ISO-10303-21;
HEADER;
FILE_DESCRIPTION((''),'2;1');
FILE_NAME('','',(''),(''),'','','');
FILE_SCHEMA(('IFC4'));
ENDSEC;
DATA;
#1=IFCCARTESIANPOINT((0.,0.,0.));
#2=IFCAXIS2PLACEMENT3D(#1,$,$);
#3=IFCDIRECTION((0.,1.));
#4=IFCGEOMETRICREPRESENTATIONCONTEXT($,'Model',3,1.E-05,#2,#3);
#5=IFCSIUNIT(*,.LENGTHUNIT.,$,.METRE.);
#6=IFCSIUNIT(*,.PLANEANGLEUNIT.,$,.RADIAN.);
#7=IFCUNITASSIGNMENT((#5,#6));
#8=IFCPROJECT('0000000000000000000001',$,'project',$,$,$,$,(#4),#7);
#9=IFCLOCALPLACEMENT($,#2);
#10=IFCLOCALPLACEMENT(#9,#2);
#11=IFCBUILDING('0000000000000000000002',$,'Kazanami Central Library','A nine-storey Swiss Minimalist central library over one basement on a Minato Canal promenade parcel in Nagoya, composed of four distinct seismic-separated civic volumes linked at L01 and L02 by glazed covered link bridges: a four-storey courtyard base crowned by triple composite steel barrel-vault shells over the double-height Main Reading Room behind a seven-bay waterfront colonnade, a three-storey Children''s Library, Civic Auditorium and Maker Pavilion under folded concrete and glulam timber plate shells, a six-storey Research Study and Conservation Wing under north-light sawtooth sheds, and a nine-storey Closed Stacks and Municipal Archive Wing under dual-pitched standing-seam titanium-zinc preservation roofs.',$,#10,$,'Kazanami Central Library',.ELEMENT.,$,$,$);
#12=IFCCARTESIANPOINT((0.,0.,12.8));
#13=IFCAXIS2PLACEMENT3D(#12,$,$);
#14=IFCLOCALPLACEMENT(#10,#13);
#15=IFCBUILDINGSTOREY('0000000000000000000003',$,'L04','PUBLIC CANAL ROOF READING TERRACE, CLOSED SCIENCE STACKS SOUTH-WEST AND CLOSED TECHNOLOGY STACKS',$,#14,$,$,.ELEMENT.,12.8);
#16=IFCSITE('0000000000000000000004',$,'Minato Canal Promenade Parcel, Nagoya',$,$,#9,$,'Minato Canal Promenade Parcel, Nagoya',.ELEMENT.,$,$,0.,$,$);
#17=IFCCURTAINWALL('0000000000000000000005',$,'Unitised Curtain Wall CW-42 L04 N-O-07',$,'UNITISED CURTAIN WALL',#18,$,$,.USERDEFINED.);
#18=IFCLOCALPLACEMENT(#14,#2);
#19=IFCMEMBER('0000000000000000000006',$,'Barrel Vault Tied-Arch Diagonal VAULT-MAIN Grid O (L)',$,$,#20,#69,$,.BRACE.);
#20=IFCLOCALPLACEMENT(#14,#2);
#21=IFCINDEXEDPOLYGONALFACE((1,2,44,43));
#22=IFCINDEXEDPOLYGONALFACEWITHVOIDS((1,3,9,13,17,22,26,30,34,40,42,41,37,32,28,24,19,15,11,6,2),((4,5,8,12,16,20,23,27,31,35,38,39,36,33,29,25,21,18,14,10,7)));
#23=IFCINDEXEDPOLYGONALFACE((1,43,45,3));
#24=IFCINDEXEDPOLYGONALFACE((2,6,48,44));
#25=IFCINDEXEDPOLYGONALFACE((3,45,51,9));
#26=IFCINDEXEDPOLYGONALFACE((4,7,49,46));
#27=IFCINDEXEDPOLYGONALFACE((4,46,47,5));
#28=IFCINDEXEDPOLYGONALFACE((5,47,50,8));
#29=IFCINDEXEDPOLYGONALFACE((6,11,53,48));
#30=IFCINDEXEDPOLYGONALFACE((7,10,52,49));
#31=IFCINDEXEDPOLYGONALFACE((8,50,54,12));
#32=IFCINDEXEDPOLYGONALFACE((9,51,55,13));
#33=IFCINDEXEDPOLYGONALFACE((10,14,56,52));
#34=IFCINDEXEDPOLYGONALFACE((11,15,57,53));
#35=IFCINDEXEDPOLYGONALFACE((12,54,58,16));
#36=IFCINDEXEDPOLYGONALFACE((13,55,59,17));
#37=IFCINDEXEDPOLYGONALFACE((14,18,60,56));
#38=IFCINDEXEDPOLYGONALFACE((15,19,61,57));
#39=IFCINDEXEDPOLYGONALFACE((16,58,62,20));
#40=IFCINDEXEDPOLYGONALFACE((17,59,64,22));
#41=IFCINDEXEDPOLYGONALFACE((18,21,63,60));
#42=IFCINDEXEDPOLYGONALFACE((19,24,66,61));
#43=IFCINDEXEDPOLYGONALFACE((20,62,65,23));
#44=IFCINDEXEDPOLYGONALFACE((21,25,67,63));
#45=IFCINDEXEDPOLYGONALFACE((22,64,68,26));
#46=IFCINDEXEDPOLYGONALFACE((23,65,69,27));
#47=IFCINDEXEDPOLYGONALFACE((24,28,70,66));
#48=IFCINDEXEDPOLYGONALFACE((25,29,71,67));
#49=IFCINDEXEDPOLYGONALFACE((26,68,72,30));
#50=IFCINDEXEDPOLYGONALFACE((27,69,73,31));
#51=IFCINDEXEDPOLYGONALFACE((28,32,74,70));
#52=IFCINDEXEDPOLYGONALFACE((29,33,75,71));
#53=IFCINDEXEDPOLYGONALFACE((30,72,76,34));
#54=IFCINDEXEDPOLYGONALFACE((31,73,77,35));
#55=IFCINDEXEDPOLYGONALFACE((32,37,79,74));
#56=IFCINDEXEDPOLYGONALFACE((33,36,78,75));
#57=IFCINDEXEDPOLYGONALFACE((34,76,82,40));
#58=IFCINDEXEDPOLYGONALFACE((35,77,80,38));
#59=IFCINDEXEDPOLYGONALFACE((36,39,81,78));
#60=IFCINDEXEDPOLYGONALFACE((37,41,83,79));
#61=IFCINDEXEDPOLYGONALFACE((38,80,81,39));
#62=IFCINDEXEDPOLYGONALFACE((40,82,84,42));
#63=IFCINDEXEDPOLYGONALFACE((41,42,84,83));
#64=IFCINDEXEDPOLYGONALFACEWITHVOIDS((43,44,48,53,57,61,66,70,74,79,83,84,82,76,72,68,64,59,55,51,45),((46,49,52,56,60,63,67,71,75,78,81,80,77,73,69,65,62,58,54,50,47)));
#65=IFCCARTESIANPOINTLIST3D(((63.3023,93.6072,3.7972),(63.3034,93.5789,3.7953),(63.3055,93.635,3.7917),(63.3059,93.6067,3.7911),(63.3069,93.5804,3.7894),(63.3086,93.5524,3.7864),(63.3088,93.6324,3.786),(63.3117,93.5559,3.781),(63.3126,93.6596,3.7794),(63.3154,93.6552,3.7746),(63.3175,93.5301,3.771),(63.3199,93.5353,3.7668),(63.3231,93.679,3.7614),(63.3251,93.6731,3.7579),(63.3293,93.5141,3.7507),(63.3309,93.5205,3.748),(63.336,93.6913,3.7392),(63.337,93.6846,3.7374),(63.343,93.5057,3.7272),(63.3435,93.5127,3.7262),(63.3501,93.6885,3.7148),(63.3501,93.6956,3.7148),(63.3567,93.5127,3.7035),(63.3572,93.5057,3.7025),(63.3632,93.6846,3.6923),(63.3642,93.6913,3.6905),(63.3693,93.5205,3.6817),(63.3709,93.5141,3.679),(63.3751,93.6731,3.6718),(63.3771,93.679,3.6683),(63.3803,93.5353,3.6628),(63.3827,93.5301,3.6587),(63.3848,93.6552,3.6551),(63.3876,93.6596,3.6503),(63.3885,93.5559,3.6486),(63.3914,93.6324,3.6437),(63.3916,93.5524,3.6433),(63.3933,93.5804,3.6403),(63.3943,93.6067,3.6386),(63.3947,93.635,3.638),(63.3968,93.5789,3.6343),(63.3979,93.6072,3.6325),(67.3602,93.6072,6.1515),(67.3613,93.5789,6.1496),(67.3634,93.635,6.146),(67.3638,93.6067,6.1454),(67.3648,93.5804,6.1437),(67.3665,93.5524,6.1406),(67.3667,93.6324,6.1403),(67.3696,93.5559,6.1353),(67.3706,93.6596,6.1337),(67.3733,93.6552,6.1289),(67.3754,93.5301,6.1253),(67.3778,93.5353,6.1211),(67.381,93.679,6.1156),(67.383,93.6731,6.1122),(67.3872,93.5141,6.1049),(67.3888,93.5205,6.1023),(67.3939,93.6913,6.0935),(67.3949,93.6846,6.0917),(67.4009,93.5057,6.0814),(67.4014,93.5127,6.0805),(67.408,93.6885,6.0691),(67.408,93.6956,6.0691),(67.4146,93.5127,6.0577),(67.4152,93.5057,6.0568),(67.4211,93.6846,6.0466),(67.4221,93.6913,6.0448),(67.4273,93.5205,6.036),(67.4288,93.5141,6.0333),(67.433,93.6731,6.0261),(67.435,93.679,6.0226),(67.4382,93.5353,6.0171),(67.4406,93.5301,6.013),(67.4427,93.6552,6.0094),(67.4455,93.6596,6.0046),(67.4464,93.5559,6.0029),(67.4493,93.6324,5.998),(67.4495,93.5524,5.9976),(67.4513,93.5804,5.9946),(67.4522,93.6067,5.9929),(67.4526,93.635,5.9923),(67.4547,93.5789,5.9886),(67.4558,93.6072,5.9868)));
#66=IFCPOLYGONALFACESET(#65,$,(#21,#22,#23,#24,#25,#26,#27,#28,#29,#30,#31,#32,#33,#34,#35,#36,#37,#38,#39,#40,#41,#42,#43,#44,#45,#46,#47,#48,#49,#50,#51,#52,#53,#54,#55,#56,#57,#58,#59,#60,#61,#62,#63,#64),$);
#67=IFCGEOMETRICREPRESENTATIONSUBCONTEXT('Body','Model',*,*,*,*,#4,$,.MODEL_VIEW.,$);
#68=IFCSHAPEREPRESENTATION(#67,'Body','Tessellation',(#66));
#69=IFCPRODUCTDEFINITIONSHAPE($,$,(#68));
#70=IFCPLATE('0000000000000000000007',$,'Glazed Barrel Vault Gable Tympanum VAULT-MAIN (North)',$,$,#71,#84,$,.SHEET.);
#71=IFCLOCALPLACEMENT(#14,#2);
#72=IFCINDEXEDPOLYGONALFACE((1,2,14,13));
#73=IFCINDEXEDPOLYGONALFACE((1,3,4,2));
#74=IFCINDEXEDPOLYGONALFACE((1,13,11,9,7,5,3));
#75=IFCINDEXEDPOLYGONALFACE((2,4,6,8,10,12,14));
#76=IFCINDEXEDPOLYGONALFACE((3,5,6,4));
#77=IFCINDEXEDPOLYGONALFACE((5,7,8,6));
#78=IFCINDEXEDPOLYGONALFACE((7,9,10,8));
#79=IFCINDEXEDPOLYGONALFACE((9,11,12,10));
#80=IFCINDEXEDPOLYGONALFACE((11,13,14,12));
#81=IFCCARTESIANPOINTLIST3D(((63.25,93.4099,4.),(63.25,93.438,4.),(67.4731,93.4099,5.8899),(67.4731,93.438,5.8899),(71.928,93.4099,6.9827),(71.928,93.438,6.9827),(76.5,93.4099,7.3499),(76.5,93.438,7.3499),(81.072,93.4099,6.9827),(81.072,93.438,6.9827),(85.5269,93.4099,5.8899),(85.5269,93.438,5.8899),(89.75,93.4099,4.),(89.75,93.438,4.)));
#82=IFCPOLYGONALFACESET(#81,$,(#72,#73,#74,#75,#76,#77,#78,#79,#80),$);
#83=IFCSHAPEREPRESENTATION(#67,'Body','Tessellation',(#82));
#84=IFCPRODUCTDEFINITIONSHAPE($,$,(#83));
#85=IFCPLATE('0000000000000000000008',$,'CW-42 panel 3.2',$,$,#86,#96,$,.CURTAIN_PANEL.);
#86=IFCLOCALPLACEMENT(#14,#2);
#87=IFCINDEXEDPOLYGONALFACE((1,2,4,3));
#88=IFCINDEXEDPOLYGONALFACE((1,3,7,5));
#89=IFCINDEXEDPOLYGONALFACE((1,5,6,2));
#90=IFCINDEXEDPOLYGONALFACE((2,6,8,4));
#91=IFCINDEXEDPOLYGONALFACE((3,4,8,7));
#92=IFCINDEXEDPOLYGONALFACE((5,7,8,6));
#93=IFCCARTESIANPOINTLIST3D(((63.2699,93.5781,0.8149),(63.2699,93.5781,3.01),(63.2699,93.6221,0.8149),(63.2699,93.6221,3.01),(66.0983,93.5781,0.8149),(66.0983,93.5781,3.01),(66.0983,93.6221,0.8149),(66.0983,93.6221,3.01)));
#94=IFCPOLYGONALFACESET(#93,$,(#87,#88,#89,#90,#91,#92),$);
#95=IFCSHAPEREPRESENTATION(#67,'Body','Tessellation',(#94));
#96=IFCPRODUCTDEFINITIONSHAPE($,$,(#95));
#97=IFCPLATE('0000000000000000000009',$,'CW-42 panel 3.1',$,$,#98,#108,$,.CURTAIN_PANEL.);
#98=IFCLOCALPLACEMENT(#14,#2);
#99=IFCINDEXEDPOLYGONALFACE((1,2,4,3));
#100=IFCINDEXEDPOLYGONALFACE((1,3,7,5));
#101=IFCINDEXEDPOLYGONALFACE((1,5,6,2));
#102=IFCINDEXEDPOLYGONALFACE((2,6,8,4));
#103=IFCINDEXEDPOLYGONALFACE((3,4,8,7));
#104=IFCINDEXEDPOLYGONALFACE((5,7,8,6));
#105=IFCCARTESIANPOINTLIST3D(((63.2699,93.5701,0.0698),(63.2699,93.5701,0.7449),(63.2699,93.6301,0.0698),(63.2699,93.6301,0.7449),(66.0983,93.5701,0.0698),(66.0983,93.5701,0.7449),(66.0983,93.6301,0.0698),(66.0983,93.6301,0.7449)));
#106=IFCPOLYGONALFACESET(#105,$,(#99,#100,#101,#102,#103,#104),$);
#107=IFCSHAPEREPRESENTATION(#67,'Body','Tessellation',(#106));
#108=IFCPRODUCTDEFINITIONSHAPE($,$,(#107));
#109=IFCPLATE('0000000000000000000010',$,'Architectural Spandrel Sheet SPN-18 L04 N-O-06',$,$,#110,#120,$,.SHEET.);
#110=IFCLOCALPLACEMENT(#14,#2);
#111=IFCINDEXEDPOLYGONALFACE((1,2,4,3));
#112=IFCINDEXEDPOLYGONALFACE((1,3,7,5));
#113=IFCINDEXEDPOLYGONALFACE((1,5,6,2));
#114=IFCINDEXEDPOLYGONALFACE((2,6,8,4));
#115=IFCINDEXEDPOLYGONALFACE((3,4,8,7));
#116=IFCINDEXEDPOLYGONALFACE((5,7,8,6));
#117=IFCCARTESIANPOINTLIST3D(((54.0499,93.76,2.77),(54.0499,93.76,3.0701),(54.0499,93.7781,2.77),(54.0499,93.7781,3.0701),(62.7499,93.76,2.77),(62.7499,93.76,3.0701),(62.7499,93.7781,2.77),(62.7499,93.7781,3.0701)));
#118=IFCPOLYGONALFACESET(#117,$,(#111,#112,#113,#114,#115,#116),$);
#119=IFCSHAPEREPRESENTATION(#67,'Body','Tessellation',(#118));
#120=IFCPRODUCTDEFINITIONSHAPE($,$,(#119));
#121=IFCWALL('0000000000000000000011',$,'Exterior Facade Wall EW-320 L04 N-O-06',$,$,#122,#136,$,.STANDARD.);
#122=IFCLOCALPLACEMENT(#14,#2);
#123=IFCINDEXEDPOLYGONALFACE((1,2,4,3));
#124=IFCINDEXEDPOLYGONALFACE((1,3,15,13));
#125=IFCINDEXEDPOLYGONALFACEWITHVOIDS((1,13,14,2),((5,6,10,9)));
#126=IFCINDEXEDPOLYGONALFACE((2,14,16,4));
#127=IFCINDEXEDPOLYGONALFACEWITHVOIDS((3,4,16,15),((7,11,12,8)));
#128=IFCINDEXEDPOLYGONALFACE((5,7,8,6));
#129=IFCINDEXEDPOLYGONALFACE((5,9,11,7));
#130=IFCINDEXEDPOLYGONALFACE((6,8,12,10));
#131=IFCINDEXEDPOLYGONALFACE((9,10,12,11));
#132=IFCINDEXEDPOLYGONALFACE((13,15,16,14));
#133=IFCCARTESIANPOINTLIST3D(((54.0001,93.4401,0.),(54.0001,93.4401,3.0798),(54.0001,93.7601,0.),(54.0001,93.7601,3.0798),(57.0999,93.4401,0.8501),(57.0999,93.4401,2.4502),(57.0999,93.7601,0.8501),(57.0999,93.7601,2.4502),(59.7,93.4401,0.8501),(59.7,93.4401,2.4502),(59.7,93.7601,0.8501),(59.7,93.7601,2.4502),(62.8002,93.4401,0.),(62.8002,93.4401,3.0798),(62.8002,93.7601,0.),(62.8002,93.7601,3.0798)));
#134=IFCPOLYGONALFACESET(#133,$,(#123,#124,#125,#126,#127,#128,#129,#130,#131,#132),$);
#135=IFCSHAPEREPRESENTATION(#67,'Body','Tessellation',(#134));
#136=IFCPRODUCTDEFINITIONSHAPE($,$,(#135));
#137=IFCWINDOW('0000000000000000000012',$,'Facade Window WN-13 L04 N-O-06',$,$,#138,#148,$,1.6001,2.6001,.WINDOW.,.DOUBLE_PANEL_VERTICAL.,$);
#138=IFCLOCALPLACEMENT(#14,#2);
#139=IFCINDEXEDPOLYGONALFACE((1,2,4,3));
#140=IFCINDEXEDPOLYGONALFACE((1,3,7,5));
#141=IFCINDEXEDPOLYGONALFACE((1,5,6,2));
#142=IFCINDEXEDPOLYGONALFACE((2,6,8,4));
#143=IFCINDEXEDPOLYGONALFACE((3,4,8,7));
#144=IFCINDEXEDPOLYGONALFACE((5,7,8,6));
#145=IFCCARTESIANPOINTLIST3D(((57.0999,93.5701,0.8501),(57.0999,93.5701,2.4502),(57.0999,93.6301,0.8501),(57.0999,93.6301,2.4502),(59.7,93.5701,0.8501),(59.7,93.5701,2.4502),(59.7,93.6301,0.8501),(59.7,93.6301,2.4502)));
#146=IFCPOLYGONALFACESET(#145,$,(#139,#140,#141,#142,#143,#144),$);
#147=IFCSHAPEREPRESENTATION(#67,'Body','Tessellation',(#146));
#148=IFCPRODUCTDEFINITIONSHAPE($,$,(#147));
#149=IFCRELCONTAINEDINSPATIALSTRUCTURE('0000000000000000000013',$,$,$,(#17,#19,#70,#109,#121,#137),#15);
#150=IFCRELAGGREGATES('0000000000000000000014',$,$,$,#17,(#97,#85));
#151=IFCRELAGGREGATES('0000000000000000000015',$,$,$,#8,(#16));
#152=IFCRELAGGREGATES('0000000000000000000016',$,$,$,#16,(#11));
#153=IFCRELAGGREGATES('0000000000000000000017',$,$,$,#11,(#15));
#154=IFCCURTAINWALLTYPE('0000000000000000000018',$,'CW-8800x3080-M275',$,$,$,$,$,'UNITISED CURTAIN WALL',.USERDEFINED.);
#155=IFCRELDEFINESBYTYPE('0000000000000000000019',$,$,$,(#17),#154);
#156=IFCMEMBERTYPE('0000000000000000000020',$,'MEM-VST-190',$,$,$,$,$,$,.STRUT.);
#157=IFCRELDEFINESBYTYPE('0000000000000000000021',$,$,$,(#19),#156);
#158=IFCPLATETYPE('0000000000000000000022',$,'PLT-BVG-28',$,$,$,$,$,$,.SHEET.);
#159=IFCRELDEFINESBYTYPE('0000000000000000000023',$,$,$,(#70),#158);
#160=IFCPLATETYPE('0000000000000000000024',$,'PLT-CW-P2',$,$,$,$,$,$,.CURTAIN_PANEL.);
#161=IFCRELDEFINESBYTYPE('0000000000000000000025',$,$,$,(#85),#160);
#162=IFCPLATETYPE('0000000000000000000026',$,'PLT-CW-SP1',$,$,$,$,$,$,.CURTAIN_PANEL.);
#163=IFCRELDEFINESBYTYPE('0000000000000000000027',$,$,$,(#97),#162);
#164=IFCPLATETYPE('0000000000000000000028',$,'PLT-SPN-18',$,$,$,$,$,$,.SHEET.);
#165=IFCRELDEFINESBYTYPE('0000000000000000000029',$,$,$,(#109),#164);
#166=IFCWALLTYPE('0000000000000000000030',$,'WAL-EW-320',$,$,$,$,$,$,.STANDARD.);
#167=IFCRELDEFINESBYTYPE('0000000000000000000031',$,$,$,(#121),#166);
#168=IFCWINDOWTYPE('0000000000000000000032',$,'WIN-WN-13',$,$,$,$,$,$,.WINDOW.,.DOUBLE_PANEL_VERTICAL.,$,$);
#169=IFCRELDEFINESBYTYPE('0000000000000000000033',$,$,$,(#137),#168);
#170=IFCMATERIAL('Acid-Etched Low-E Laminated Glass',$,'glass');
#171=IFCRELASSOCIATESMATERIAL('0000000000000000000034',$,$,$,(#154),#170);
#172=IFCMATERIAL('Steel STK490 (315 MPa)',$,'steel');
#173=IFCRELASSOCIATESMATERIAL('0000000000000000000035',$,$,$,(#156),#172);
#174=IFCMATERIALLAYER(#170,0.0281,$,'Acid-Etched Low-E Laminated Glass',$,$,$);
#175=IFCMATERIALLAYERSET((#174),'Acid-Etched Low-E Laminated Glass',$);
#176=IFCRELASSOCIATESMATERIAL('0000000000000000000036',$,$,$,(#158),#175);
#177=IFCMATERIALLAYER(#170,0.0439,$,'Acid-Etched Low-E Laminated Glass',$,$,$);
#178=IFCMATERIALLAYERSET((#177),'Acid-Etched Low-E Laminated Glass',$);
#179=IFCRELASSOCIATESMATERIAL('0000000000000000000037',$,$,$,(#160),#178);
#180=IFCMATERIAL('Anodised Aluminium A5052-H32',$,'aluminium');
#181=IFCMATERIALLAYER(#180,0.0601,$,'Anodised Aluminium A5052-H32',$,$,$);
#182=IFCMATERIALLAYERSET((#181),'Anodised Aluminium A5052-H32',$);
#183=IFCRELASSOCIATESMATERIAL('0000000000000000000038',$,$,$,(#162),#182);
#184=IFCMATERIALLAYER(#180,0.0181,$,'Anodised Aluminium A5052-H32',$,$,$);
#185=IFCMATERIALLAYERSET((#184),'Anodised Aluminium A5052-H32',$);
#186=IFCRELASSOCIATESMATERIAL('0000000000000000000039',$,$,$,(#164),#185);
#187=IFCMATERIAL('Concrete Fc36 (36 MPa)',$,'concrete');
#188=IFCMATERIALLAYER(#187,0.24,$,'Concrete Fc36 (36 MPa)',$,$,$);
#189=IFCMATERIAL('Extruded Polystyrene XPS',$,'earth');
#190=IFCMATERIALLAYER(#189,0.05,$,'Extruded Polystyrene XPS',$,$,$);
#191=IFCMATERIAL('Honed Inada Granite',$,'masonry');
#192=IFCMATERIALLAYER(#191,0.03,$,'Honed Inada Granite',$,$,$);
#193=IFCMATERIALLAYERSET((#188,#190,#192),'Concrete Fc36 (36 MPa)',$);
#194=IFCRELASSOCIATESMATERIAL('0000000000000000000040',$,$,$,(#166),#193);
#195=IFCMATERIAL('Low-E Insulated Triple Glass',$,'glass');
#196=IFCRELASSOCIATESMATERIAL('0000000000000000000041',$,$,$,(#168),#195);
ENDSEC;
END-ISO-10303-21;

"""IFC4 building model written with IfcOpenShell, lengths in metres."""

from ifc_helpers import new_model, si_unit, direction, frame, frame_2d, origin, origin_2d, place, context, subcontext, project, spatial, polyline, rectangle, hollow_circle, outline, extrude, material, layer, layer_set, material_profile, profile_set, type_object, element, fill, aggregate, save


model = new_model("IFC4")

# Units and contexts
model_context = context("Model", 3, precision=1e-05, world=origin(), true_north=direction((0.0, 1.0)))
body_context = subcontext(model_context, "Body", "Model", "MODEL_VIEW")
ifc_project = project(units=[si_unit("LENGTHUNIT", "METRE"), si_unit("PLANEANGLEUNIT", "RADIAN")], contexts=[model_context])

# Site, building, storey
site_placement = place(None, origin())
site = spatial("IfcSite", under=ifc_project, at=site_placement, Name="Minato Canal Promenade Parcel, Nagoya", LongName="Minato Canal Promenade Parcel, Nagoya", CompositionType="ELEMENT", RefElevation=0.0)
building_placement = place(site_placement, origin())
building = spatial("IfcBuilding", under=site, at=building_placement, Name="Kazanami Central Library", Description="A nine-storey Swiss Minimalist central library over one basement on a Minato Canal promenade parcel in Nagoya, composed of four distinct seismic-separated civic volumes linked at L01 and L02 by glazed covered link bridges: a four-storey courtyard base crowned by triple composite steel barrel-vault shells over the double-height Main Reading Room behind a seven-bay waterfront colonnade, a three-storey Children's Library, Civic Auditorium and Maker Pavilion under folded concrete and glulam timber plate shells, a six-storey Research Study and Conservation Wing under north-light sawtooth sheds, and a nine-storey Closed Stacks and Municipal Archive Wing under dual-pitched standing-seam titanium-zinc preservation roofs.", LongName="Kazanami Central Library", CompositionType="ELEMENT")
storey_placement = place(building_placement, frame((0.0, 0.0, 12.8)))
storey = spatial("IfcBuildingStorey", under=building, at=storey_placement, Name="L04", Description="PUBLIC CANAL ROOF READING TERRACE, CLOSED SCIENCE STACKS SOUTH-WEST AND CLOSED TECHNOLOGY STACKS", CompositionType="ELEMENT", Elevation=12.8)

# Curtain wall
ifc_material_1 = material(Name="Acid-Etched Low-E Laminated Glass", Category="glass")
curtain_wall_type = type_object("IfcCurtainWallType", Name="CW-8800x3080-M275", ElementType="UNITISED CURTAIN WALL", PredefinedType="USERDEFINED", material=ifc_material_1)
curtain_wall_placement = place(storey_placement, origin())
curtain_wall = element("IfcCurtainWall", 1, at=curtain_wall_placement, inside=storey, type_object=curtain_wall_type, Name="Unitised Curtain Wall CW-42 L04 N-O-07", ObjectType="UNITISED CURTAIN WALL", PredefinedType="USERDEFINED")

# Member
ifc_material_2 = material(Name="Steel STK490 (315 MPa)", Category="steel")
ifc_material_profile_1 = material_profile(ifc_material_2, hollow_circle(Radius=0.0955, WallThickness=0.0071, at=origin_2d()), Name="CHS-190.7x7.0")
ifc_profile_set_1 = profile_set([ifc_material_profile_1], Name="Steel STK490 (315 MPa)")
member_type_1 = type_object("IfcMemberType", Name="MEM-VST-190", PredefinedType="STRUT", material=ifc_profile_set_1)
for number, where, z_axis, x_axis, name in (
    (2, (63.3501, 93.6001, 3.7148), (0.864967, 0.0, 0.501828), (0.0, 1.0, 0.0), "Barrel Vault Tied-Arch Diagonal VAULT-MAIN Grid O (L)"),
):
    element("IfcMember", number, at=place(storey_placement, frame(where, z_axis=z_axis, x_axis=x_axis)), inside=storey, type_object=member_type_1, Name=name, PredefinedType="BRACE", context=body_context, shape_type="SweptSolid", body=[
        extrude(hollow_circle(Radius=0.0955, WallThickness=0.0071, at=origin_2d()), origin(), (0.0, 0.0, 1.0), 4.6914),
    ])

# Plates
ifc_layer_1 = layer(ifc_material_1, 0.0281, Name="Acid-Etched Low-E Laminated Glass")
ifc_layer_set_1 = layer_set([ifc_layer_1], Name="Acid-Etched Low-E Laminated Glass")
plate_type_1 = type_object("IfcPlateType", Name="PLT-BVG-28", PredefinedType="SHEET", material=ifc_layer_set_1)
plate_1_placement = place(storey_placement, frame((63.25, 93.4099, 4.0), z_axis=(0.0, -1.0, 0.0), x_axis=(1.0, 0.0, 0.0)))
element("IfcPlate", 3, at=plate_1_placement, inside=storey, type_object=plate_type_1, Name="Glazed Barrel Vault Gable Tympanum VAULT-MAIN (North)", PredefinedType="SHEET", context=body_context, shape_type="SweptSolid", body=[
    extrude(outline(polyline([(0.0, 0.0), (26.5, 0.0), (22.2769, 1.8899), (17.822, 2.9827), (13.25, 3.3499), (8.678, 2.9827), (4.2231, 1.8899), (0.0, 0.0)])), origin(), (0.0, 0.0, -1.0), 0.0281),
])
ifc_layer_2 = layer(ifc_material_1, 0.0439, Name="Acid-Etched Low-E Laminated Glass")
ifc_layer_set_2 = layer_set([ifc_layer_2], Name="Acid-Etched Low-E Laminated Glass")
plate_type_2 = type_object("IfcPlateType", Name="PLT-CW-P2", PredefinedType="CURTAIN_PANEL", material=ifc_layer_set_2)
plate_2_placement = place(storey_placement, frame((64.6841, 93.6001, 0.8149), z_axis=(0.0, 0.0, 1.0), x_axis=(-1.0, 0.0, 0.0)))
plate_2 = element("IfcPlate", 4, at=plate_2_placement, type_object=plate_type_2, Name="CW-42 panel 3.2", PredefinedType="CURTAIN_PANEL", context=body_context, shape_type="SweptSolid", body=[
    extrude(rectangle(XDim=2.8284, YDim=0.0439, at=origin_2d()), origin(), (0.0, 0.0, 1.0), 2.1951),
])
ifc_material_3 = material(Name="Anodised Aluminium A5052-H32", Category="aluminium")
ifc_layer_3 = layer(ifc_material_3, 0.0601, Name="Anodised Aluminium A5052-H32")
ifc_layer_set_3 = layer_set([ifc_layer_3], Name="Anodised Aluminium A5052-H32")
plate_type_3 = type_object("IfcPlateType", Name="PLT-CW-SP1", PredefinedType="CURTAIN_PANEL", material=ifc_layer_set_3)
plate_3_placement = place(storey_placement, frame((64.6841, 93.6001, 0.0698), z_axis=(0.0, 0.0, 1.0), x_axis=(-1.0, 0.0, 0.0)))
plate_3 = element("IfcPlate", 5, at=plate_3_placement, type_object=plate_type_3, Name="CW-42 panel 3.1", PredefinedType="CURTAIN_PANEL", context=body_context, shape_type="SweptSolid", body=[
    extrude(rectangle(XDim=2.8284, YDim=0.0601, at=origin_2d()), origin(), (0.0, 0.0, 1.0), 0.675),
])
aggregate(curtain_wall, [plate_3, plate_2])
ifc_layer_4 = layer(ifc_material_3, 0.0181, Name="Anodised Aluminium A5052-H32")
ifc_layer_set_4 = layer_set([ifc_layer_4], Name="Anodised Aluminium A5052-H32")
plate_type_4 = type_object("IfcPlateType", Name="PLT-SPN-18", PredefinedType="SHEET", material=ifc_layer_set_4)
plate_4_placement = place(storey_placement, frame((58.3999, 93.769, 2.77), z_axis=(0.0, 0.0, 1.0), x_axis=(-1.0, 0.0, 0.0)))
element("IfcPlate", 6, at=plate_4_placement, inside=storey, type_object=plate_type_4, Name="Architectural Spandrel Sheet SPN-18 L04 N-O-06", PredefinedType="SHEET", context=body_context, shape_type="SweptSolid", body=[
    extrude(rectangle(XDim=8.7, YDim=0.0181, at=origin_2d()), origin(), (0.0, 0.0, 1.0), 0.3),
])

# Wall, opening, window
ifc_material_4 = material(Name="Concrete Fc36 (36 MPa)", Category="concrete")
ifc_layer_5 = layer(ifc_material_4, 0.24, Name="Concrete Fc36 (36 MPa)")
ifc_material_5 = material(Name="Extruded Polystyrene XPS", Category="earth")
ifc_layer_6 = layer(ifc_material_5, 0.05, Name="Extruded Polystyrene XPS")
ifc_material_6 = material(Name="Honed Inada Granite", Category="masonry")
ifc_layer_7 = layer(ifc_material_6, 0.03, Name="Honed Inada Granite")
ifc_layer_set_5 = layer_set([ifc_layer_5, ifc_layer_6, ifc_layer_7], Name="Concrete Fc36 (36 MPa)")
wall_type_1 = type_object("IfcWallType", Name="WAL-EW-320", PredefinedType="STANDARD", material=ifc_layer_set_5)
wall_1_placement = place(storey_placement, frame((62.8, 93.6001, 0.0), z_axis=(0.0, 0.0, 1.0), x_axis=(-1.0, 0.0, 0.0)))
wall_1 = element("IfcWall", 7, at=wall_1_placement, inside=storey, type_object=wall_type_1, Name="Exterior Facade Wall EW-320 L04 N-O-06", PredefinedType="STANDARD", context=body_context, shape_type="SweptSolid", body=[
    extrude(rectangle(XDim=8.8, YDim=0.3201, at=frame_2d((4.3999, 0.0))), origin(), (0.0, 0.0, 1.0), 3.0798),
])
opening_1_placement = place(wall_1_placement, frame((3.1001, 0.0, 0.8501)))
opening_1 = element("IfcOpeningElement", 8, at=opening_1_placement, cuts=wall_1, PredefinedType="OPENING", context=body_context, shape_type="SweptSolid", body=[
    extrude(rectangle(XDim=2.6001, YDim=1.6001, at=frame_2d((1.3, 0.8))), frame((0.0, 0.1719, 0.0), z_axis=(0.0, -1.0, 0.0), x_axis=(1.0, 0.0, 0.0)), (0.0, 0.0, 1.0), 0.344),
])
ifc_material_7 = material(Name="Low-E Insulated Triple Glass", Category="glass")
window_type = type_object("IfcWindowType", Name="WIN-WN-13", PartitioningType="DOUBLE_PANEL_VERTICAL", PredefinedType="WINDOW", material=ifc_material_7)
window_placement = place(opening_1_placement, origin())
window = element("IfcWindow", 9, at=window_placement, inside=storey, type_object=window_type, Name="Facade Window WN-13 L04 N-O-06", OverallHeight=1.6001, OverallWidth=2.6001, PartitioningType="DOUBLE_PANEL_VERTICAL", PredefinedType="WINDOW", context=body_context, shape_type="SweptSolid", body=[
    extrude(rectangle(XDim=2.6001, YDim=1.6001, at=frame_2d((1.3, 0.8))), frame((0.0, 0.03, 0.0), z_axis=(0.0, -1.0, 0.0), x_axis=(1.0, 0.0, 0.0)), (0.0, 0.0, 1.0), 0.0601),
])
fill(opening_1, window)

save(model, "model.ifc")
